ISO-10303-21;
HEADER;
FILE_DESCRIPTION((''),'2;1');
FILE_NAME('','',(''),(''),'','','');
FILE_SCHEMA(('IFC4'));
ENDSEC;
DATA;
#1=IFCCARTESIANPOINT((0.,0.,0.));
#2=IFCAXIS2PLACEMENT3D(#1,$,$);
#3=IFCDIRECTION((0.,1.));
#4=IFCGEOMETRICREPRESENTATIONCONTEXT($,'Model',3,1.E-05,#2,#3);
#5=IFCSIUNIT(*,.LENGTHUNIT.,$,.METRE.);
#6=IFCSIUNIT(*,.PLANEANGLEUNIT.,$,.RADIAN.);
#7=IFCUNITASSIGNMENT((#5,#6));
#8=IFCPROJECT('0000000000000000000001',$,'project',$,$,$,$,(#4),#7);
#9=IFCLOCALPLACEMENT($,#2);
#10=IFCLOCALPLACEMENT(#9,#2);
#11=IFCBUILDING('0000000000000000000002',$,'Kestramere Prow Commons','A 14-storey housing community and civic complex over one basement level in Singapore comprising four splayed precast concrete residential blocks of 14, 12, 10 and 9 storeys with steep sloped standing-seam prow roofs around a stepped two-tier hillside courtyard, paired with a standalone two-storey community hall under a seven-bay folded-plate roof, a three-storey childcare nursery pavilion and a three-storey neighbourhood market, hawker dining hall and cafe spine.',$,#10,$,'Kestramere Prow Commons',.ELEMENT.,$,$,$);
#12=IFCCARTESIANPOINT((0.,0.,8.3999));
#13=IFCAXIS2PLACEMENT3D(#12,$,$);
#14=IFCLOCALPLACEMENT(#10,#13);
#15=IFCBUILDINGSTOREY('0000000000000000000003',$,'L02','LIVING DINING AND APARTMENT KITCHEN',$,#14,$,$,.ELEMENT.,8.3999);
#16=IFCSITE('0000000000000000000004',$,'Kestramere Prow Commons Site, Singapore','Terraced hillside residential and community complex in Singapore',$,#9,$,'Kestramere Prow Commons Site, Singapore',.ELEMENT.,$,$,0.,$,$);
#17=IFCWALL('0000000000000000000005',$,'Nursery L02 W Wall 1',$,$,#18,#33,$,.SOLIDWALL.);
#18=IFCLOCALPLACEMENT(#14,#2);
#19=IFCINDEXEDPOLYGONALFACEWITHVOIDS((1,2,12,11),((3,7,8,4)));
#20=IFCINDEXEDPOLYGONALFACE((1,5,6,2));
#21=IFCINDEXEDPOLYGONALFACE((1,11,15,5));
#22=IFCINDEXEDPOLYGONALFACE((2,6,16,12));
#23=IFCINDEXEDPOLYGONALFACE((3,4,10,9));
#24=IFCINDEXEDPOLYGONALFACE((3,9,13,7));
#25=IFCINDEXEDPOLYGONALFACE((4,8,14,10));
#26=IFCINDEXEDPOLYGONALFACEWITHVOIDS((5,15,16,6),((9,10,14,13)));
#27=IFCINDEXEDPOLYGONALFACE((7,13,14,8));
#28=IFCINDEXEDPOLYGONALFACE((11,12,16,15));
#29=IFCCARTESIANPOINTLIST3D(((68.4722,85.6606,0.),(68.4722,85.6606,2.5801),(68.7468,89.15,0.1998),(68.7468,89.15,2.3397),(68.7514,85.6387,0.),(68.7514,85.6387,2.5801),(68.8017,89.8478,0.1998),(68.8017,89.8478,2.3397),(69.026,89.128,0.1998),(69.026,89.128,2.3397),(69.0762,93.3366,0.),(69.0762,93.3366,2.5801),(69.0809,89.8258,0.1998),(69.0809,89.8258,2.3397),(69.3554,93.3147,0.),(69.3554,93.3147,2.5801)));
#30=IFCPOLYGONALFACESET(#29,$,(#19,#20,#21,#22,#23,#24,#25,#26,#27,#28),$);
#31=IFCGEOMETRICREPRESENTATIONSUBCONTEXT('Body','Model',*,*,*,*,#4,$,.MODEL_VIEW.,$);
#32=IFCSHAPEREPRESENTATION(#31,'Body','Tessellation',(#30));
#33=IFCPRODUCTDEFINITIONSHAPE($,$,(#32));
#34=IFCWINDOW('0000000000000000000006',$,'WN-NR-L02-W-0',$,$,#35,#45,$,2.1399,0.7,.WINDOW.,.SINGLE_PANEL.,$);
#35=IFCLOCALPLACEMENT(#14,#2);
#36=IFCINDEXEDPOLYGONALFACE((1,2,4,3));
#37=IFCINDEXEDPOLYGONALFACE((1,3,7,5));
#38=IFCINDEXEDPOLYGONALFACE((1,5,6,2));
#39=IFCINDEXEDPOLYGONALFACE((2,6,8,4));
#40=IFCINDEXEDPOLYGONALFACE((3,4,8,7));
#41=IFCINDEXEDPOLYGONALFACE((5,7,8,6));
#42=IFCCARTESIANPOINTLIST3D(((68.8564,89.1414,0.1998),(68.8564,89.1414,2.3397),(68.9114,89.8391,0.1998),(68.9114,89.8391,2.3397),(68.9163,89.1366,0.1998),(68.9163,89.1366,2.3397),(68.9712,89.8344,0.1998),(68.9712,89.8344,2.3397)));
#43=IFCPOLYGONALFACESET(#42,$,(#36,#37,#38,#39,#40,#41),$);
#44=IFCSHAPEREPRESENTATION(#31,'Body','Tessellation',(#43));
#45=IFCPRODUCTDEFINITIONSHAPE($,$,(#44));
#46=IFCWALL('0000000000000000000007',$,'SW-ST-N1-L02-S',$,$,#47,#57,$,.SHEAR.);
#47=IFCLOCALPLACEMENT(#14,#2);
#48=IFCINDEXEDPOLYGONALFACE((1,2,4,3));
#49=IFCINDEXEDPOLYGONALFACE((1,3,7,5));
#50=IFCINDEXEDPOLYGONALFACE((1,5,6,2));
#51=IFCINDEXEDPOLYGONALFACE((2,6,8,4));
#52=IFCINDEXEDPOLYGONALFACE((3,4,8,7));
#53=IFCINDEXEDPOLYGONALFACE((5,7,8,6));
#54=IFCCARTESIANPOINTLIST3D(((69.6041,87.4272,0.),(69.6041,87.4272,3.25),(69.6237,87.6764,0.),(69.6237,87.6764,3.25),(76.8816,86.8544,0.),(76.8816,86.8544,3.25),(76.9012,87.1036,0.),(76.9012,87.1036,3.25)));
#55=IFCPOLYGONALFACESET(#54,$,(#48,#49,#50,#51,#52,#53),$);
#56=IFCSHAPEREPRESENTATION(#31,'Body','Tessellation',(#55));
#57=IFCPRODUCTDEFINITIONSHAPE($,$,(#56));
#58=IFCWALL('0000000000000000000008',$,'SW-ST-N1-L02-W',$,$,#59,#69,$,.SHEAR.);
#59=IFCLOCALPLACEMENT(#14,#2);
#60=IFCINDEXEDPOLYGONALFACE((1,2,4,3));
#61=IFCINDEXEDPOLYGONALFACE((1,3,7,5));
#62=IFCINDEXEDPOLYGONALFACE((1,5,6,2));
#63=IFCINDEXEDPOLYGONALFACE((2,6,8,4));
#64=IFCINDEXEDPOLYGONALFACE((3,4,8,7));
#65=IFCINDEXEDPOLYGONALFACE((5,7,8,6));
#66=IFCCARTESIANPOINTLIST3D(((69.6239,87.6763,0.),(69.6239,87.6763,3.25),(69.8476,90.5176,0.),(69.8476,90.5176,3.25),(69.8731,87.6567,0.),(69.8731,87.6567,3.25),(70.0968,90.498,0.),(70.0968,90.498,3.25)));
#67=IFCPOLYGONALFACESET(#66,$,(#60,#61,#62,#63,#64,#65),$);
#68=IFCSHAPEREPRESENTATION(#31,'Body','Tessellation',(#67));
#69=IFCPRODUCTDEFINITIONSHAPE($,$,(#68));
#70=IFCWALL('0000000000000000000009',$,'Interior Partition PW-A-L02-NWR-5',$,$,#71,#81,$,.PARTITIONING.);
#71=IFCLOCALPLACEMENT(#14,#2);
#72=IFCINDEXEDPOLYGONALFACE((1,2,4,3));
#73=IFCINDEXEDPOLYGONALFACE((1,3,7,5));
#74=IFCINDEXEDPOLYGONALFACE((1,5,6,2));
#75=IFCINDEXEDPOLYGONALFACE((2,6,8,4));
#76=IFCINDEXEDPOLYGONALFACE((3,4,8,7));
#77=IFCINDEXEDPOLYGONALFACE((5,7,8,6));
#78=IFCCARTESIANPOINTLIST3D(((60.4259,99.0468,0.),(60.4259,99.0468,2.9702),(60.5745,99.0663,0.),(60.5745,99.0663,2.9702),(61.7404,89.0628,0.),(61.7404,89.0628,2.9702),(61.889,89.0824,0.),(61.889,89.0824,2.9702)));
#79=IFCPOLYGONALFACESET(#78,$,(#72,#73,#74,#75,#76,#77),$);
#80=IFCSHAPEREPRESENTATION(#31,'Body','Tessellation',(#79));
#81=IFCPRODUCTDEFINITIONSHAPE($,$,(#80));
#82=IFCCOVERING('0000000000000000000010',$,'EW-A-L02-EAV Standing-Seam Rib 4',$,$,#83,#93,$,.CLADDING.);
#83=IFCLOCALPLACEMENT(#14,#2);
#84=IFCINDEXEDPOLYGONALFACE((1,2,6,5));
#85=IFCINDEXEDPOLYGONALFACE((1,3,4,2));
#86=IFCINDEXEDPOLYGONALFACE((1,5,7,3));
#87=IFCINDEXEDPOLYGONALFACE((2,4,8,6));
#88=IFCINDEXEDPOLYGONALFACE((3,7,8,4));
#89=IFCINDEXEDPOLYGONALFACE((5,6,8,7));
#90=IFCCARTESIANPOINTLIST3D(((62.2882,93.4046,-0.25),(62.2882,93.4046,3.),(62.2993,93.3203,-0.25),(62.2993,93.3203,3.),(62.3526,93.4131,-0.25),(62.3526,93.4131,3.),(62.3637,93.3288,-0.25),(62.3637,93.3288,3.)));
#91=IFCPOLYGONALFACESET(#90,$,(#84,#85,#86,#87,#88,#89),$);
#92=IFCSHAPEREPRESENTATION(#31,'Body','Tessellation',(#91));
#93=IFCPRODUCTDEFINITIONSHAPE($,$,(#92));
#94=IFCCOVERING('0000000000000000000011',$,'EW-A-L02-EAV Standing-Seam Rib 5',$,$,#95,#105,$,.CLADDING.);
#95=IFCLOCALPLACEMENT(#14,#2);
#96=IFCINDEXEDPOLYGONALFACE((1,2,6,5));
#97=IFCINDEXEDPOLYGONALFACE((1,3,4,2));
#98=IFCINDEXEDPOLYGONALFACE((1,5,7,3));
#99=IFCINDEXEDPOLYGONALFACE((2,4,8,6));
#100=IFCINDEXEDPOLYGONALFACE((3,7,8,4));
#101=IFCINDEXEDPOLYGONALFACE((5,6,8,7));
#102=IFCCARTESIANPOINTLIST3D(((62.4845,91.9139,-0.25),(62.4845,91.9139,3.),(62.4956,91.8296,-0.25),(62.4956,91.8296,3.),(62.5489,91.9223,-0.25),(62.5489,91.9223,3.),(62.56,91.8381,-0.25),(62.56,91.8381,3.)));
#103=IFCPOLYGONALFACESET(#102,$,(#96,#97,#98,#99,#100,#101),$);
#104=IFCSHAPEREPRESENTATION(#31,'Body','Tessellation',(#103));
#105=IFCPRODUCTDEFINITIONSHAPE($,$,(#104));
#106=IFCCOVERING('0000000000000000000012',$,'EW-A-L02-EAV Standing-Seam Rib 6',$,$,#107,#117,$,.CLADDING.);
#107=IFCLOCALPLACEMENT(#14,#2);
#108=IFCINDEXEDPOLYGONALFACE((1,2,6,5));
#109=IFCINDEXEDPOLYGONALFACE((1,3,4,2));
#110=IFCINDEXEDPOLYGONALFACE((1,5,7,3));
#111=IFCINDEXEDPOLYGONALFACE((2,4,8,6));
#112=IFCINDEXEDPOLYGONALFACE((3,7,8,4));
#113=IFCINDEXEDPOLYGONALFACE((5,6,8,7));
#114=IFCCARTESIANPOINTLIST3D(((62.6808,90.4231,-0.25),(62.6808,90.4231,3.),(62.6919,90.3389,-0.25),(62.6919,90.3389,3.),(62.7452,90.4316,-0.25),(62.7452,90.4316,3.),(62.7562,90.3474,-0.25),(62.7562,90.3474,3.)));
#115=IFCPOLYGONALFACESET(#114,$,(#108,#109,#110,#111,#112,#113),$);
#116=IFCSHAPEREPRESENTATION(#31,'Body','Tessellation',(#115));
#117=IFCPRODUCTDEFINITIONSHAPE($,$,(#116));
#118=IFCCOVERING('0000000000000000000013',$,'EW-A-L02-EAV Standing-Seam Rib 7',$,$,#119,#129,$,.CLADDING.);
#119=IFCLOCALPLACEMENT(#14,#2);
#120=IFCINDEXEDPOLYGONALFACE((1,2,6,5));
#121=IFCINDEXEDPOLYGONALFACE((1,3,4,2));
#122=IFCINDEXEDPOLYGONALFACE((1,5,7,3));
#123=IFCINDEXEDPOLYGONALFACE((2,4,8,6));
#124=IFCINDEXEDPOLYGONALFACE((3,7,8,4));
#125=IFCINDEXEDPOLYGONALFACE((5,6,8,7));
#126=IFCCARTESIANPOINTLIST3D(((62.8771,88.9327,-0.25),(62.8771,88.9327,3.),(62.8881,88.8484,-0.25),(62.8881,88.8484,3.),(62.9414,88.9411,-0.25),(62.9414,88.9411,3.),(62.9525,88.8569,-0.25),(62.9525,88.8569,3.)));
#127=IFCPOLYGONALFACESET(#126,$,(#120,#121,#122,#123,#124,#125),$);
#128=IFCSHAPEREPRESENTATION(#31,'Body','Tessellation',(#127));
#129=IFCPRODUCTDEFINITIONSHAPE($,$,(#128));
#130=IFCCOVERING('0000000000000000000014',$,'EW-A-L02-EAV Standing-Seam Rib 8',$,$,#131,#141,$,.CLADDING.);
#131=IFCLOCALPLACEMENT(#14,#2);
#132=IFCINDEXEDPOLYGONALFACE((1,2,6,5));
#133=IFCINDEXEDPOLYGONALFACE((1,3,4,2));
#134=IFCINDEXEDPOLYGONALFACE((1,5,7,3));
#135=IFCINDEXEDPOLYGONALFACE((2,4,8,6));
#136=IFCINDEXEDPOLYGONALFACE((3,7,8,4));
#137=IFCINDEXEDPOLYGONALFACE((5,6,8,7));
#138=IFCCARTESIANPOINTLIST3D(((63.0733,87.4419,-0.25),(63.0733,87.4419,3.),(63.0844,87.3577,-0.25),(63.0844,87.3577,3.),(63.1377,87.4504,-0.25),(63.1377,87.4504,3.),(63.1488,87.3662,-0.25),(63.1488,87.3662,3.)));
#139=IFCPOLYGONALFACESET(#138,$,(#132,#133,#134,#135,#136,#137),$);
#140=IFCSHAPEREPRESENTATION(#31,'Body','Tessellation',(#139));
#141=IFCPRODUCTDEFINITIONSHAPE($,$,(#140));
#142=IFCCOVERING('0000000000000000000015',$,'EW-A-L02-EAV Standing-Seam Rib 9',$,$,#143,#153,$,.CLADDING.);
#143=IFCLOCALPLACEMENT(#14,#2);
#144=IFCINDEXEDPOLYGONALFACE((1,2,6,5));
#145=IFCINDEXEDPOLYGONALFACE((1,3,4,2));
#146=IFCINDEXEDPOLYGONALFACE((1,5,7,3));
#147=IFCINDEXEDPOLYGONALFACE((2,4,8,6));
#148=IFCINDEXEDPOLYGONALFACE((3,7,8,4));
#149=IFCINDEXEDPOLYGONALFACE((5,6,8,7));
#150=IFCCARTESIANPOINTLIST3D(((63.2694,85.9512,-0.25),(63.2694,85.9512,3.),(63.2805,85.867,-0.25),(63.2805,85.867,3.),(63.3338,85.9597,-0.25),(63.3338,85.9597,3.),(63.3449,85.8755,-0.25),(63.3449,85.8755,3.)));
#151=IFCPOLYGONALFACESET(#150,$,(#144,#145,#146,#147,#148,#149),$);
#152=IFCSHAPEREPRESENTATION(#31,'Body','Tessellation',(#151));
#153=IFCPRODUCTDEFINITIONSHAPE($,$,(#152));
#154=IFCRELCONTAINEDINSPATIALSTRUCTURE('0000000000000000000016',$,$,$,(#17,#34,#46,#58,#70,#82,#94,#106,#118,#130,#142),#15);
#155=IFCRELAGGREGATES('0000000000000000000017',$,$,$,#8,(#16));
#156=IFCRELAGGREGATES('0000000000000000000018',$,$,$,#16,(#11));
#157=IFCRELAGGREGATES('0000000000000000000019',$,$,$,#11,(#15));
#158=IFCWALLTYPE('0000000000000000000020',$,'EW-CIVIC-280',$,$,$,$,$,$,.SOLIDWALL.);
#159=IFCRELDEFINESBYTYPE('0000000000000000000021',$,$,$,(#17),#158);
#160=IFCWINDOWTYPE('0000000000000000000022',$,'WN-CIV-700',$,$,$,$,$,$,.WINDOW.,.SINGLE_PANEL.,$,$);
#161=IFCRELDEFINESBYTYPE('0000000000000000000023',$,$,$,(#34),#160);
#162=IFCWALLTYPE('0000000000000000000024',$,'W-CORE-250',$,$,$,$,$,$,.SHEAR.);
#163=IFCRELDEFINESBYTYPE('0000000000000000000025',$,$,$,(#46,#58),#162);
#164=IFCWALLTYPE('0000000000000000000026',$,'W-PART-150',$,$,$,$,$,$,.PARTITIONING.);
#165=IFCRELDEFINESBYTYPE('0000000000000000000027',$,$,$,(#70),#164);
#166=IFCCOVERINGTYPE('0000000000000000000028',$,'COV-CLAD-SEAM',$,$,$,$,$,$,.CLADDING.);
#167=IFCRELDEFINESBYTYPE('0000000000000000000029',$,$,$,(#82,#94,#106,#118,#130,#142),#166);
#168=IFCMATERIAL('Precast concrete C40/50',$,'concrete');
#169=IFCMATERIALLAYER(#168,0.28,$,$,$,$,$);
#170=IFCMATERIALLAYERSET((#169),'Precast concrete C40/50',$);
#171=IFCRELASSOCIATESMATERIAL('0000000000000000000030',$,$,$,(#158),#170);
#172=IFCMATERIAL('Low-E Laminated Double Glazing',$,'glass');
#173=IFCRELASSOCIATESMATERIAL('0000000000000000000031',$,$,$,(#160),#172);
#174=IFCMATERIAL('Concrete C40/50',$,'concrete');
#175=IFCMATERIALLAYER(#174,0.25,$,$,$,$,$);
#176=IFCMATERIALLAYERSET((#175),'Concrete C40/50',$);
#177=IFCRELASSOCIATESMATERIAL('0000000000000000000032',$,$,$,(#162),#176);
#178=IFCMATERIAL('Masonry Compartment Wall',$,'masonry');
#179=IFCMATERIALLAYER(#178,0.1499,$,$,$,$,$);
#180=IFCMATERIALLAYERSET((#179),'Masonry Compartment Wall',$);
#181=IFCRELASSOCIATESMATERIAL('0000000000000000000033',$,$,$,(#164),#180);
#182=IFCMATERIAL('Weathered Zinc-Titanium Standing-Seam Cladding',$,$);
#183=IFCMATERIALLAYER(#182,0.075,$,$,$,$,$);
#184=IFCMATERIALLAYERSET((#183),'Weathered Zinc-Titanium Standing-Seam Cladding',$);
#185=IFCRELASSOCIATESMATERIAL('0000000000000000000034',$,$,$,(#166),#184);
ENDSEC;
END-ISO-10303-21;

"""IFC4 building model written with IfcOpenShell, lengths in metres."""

from ifc_helpers import new_model, si_unit, direction, frame, frame_2d, origin, origin_2d, place, context, subcontext, project, spatial, rectangle, extrude, material, layer, layer_set, type_object, element, fill, save


model = new_model("IFC4")

# Units and contexts
model_context = context("Model", 3, precision=1e-05, world=origin(), true_north=direction((0.0, 1.0)))
body_context = subcontext(model_context, "Body", "Model", "MODEL_VIEW")
ifc_project = project(units=[si_unit("LENGTHUNIT", "METRE"), si_unit("PLANEANGLEUNIT", "RADIAN")], contexts=[model_context])

# Site, building, storey
site_placement = place(None, origin())
site = spatial("IfcSite", under=ifc_project, at=site_placement, Name="Kestramere Prow Commons Site, Singapore", Description="Terraced hillside residential and community complex in Singapore", LongName="Kestramere Prow Commons Site, Singapore", CompositionType="ELEMENT", RefElevation=0.0)
building_placement = place(site_placement, origin())
building = spatial("IfcBuilding", under=site, at=building_placement, Name="Kestramere Prow Commons", Description="A 14-storey housing community and civic complex over one basement level in Singapore comprising four splayed precast concrete residential blocks of 14, 12, 10 and 9 storeys with steep sloped standing-seam prow roofs around a stepped two-tier hillside courtyard, paired with a standalone two-storey community hall under a seven-bay folded-plate roof, a three-storey childcare nursery pavilion and a three-storey neighbourhood market, hawker dining hall and cafe spine.", LongName="Kestramere Prow Commons", CompositionType="ELEMENT")
storey_placement = place(building_placement, frame((0.0, 0.0, 8.3999)))
storey = spatial("IfcBuildingStorey", under=building, at=storey_placement, Name="L02", Description="LIVING DINING AND APARTMENT KITCHEN", CompositionType="ELEMENT", Elevation=8.3999)

# Shared definitions
ifc_material_1 = material(Name="Precast concrete C40/50", Category="concrete")

# Wall, opening, window
ifc_layer_1 = layer(ifc_material_1, 0.28)
ifc_layer_set_1 = layer_set([ifc_layer_1], Name="Precast concrete C40/50")
wall_type_1 = type_object("IfcWallType", Name="EW-CIVIC-280", PredefinedType="SOLIDWALL", material=ifc_layer_set_1)
wall_1_placement = place(storey_placement, frame((68.6118, 85.6497, 0.0), z_axis=(0.0, 0.0, 1.0), x_axis=(0.078445, 0.996918, 0.0)))
wall_1 = element("IfcWall", 1, at=wall_1_placement, inside=storey, type_object=wall_type_1, Name="Nursery L02 W Wall 1", PredefinedType="SOLIDWALL", context=body_context, shape_type="SweptSolid", body=[
    extrude(rectangle(XDim=7.6997, YDim=0.28, at=frame_2d((3.8499, 0.0))), origin(), (0.0, 0.0, 1.0), 2.5801),
])
opening_placement = place(wall_1_placement, frame((3.5, 0.0, 0.2)))
opening = element("IfcOpeningElement", 2, at=opening_placement, cuts=wall_1, PredefinedType="OPENING", context=body_context, shape_type="SweptSolid", body=[
    extrude(rectangle(XDim=0.7, YDim=2.1399, at=frame_2d((0.3501, 1.0698))), frame((0.0, 0.155, 0.0), z_axis=(0.0, -1.0, 0.0), x_axis=(1.0, 0.0, 0.0)), (0.0, 0.0, 1.0), 0.3101),
])
ifc_material_2 = material(Name="Low-E Laminated Double Glazing", Category="glass")
window_type = type_object("IfcWindowType", Name="WN-CIV-700", PartitioningType="SINGLE_PANEL", PredefinedType="WINDOW", material=ifc_material_2)
window_placement = place(opening_placement, origin())
window = element("IfcWindow", 3, at=window_placement, inside=storey, type_object=window_type, Name="WN-NR-L02-W-0", OverallHeight=2.1399, OverallWidth=0.7, PartitioningType="SINGLE_PANEL", PredefinedType="WINDOW", context=body_context, shape_type="SweptSolid", body=[
    extrude(rectangle(XDim=0.7, YDim=2.1399, at=frame_2d((0.3501, 1.0698))), frame((0.0, 0.03, 0.0), z_axis=(0.0, -1.0, 0.0), x_axis=(1.0, 0.0, 0.0)), (0.0, 0.0, 1.0), 0.0601),
])
fill(opening, window)

# Walls
ifc_material_3 = material(Name="Concrete C40/50", Category="concrete")
ifc_layer_2 = layer(ifc_material_3, 0.25)
ifc_layer_set_2 = layer_set([ifc_layer_2], Name="Concrete C40/50")
wall_type_2 = type_object("IfcWallType", Name="W-CORE-250", PredefinedType="SHEAR", material=ifc_layer_set_2)
wall_2_placement = place(storey_placement, frame((69.614, 87.5518, 0.0), z_axis=(0.0, 0.0, 1.0), x_axis=(0.996917, -0.078458, 0.0)))
element("IfcWall", 4, at=wall_2_placement, inside=storey, type_object=wall_type_2, Name="SW-ST-N1-L02-S", PredefinedType="SHEAR", context=body_context, shape_type="SweptSolid", body=[
    extrude(rectangle(XDim=7.3, YDim=0.25, at=frame_2d((3.6499, 0.0))), origin(), (0.0, 0.0, 1.0), 3.25),
])
wall_3_placement = place(storey_placement, frame((69.7485, 87.6665, 0.0), z_axis=(0.0, 0.0, 1.0), x_axis=(0.078465, 0.996917, 0.0)))
element("IfcWall", 5, at=wall_3_placement, inside=storey, type_object=wall_type_2, Name="SW-ST-N1-L02-W", PredefinedType="SHEAR", context=body_context, shape_type="SweptSolid", body=[
    extrude(rectangle(XDim=2.8501, YDim=0.25, at=frame_2d((1.425, 0.0))), origin(), (0.0, 0.0, 1.0), 3.25),
])
ifc_material_4 = material(Name="Masonry Compartment Wall", Category="masonry")
ifc_layer_3 = layer(ifc_material_4, 0.1499)
ifc_layer_set_3 = layer_set([ifc_layer_3], Name="Masonry Compartment Wall")
wall_type_3 = type_object("IfcWallType", Name="W-PART-150", PredefinedType="PARTITIONING", material=ifc_layer_set_3)
wall_4_placement = place(storey_placement, frame((61.8147, 89.0725, 0.0), z_axis=(0.0, 0.0, 1.0), x_axis=(-0.130531, 0.991444, 0.0)))
element("IfcWall", 6, at=wall_4_placement, inside=storey, type_object=wall_type_3, Name="Interior Partition PW-A-L02-NWR-5", PredefinedType="PARTITIONING", context=body_context, shape_type="SweptSolid", body=[
    extrude(rectangle(XDim=10.0701, YDim=0.1499, at=frame_2d((5.0352, 0.0))), origin(), (0.0, 0.0, 1.0), 2.9702),
])

# Coverings
ifc_material_5 = material(Name="Weathered Zinc-Titanium Standing-Seam Cladding")
ifc_layer_4 = layer(ifc_material_5, 0.075)
ifc_layer_set_4 = layer_set([ifc_layer_4], Name="Weathered Zinc-Titanium Standing-Seam Cladding")
covering_type = type_object("IfcCoveringType", Name="COV-CLAD-SEAM", PredefinedType="CLADDING", material=ifc_layer_set_4)
for number, where, z_axis, x_axis, name in (
    (7, (62.3259, 93.3667, -0.25), (0.0, 0.0, 1.0), (0.130526, -0.991445, 0.0), "EW-A-L02-EAV Standing-Seam Rib 4"),
    (8, (62.5222, 91.876, -0.25), (0.0, 0.0, 1.0), (0.130526, -0.991445, 0.0), "EW-A-L02-EAV Standing-Seam Rib 5"),
    (9, (62.7185, 90.3853, -0.25), (0.0, 0.0, 1.0), (0.130526, -0.991445, 0.0), "EW-A-L02-EAV Standing-Seam Rib 6"),
    (10, (62.9148, 88.8948, -0.25), (0.0, 0.0, 1.0), (0.130526, -0.991445, 0.0), "EW-A-L02-EAV Standing-Seam Rib 7"),
    (11, (63.1111, 87.4041, -0.25), (0.0, 0.0, 1.0), (0.130526, -0.991445, 0.0), "EW-A-L02-EAV Standing-Seam Rib 8"),
    (12, (63.3071, 85.9133, -0.25), (0.0, 0.0, 1.0), (0.130526, -0.991445, 0.0), "EW-A-L02-EAV Standing-Seam Rib 9"),
):
    element("IfcCovering", number, at=place(storey_placement, frame(where, z_axis=z_axis, x_axis=x_axis)), inside=storey, type_object=covering_type, Name=name, PredefinedType="CLADDING", context=body_context, shape_type="SweptSolid", body=[
        extrude(rectangle(XDim=0.085, YDim=0.0649, at=origin_2d()), origin(), (0.0, 0.0, 1.0), 3.25),
    ])

save(model, "model.ifc")
